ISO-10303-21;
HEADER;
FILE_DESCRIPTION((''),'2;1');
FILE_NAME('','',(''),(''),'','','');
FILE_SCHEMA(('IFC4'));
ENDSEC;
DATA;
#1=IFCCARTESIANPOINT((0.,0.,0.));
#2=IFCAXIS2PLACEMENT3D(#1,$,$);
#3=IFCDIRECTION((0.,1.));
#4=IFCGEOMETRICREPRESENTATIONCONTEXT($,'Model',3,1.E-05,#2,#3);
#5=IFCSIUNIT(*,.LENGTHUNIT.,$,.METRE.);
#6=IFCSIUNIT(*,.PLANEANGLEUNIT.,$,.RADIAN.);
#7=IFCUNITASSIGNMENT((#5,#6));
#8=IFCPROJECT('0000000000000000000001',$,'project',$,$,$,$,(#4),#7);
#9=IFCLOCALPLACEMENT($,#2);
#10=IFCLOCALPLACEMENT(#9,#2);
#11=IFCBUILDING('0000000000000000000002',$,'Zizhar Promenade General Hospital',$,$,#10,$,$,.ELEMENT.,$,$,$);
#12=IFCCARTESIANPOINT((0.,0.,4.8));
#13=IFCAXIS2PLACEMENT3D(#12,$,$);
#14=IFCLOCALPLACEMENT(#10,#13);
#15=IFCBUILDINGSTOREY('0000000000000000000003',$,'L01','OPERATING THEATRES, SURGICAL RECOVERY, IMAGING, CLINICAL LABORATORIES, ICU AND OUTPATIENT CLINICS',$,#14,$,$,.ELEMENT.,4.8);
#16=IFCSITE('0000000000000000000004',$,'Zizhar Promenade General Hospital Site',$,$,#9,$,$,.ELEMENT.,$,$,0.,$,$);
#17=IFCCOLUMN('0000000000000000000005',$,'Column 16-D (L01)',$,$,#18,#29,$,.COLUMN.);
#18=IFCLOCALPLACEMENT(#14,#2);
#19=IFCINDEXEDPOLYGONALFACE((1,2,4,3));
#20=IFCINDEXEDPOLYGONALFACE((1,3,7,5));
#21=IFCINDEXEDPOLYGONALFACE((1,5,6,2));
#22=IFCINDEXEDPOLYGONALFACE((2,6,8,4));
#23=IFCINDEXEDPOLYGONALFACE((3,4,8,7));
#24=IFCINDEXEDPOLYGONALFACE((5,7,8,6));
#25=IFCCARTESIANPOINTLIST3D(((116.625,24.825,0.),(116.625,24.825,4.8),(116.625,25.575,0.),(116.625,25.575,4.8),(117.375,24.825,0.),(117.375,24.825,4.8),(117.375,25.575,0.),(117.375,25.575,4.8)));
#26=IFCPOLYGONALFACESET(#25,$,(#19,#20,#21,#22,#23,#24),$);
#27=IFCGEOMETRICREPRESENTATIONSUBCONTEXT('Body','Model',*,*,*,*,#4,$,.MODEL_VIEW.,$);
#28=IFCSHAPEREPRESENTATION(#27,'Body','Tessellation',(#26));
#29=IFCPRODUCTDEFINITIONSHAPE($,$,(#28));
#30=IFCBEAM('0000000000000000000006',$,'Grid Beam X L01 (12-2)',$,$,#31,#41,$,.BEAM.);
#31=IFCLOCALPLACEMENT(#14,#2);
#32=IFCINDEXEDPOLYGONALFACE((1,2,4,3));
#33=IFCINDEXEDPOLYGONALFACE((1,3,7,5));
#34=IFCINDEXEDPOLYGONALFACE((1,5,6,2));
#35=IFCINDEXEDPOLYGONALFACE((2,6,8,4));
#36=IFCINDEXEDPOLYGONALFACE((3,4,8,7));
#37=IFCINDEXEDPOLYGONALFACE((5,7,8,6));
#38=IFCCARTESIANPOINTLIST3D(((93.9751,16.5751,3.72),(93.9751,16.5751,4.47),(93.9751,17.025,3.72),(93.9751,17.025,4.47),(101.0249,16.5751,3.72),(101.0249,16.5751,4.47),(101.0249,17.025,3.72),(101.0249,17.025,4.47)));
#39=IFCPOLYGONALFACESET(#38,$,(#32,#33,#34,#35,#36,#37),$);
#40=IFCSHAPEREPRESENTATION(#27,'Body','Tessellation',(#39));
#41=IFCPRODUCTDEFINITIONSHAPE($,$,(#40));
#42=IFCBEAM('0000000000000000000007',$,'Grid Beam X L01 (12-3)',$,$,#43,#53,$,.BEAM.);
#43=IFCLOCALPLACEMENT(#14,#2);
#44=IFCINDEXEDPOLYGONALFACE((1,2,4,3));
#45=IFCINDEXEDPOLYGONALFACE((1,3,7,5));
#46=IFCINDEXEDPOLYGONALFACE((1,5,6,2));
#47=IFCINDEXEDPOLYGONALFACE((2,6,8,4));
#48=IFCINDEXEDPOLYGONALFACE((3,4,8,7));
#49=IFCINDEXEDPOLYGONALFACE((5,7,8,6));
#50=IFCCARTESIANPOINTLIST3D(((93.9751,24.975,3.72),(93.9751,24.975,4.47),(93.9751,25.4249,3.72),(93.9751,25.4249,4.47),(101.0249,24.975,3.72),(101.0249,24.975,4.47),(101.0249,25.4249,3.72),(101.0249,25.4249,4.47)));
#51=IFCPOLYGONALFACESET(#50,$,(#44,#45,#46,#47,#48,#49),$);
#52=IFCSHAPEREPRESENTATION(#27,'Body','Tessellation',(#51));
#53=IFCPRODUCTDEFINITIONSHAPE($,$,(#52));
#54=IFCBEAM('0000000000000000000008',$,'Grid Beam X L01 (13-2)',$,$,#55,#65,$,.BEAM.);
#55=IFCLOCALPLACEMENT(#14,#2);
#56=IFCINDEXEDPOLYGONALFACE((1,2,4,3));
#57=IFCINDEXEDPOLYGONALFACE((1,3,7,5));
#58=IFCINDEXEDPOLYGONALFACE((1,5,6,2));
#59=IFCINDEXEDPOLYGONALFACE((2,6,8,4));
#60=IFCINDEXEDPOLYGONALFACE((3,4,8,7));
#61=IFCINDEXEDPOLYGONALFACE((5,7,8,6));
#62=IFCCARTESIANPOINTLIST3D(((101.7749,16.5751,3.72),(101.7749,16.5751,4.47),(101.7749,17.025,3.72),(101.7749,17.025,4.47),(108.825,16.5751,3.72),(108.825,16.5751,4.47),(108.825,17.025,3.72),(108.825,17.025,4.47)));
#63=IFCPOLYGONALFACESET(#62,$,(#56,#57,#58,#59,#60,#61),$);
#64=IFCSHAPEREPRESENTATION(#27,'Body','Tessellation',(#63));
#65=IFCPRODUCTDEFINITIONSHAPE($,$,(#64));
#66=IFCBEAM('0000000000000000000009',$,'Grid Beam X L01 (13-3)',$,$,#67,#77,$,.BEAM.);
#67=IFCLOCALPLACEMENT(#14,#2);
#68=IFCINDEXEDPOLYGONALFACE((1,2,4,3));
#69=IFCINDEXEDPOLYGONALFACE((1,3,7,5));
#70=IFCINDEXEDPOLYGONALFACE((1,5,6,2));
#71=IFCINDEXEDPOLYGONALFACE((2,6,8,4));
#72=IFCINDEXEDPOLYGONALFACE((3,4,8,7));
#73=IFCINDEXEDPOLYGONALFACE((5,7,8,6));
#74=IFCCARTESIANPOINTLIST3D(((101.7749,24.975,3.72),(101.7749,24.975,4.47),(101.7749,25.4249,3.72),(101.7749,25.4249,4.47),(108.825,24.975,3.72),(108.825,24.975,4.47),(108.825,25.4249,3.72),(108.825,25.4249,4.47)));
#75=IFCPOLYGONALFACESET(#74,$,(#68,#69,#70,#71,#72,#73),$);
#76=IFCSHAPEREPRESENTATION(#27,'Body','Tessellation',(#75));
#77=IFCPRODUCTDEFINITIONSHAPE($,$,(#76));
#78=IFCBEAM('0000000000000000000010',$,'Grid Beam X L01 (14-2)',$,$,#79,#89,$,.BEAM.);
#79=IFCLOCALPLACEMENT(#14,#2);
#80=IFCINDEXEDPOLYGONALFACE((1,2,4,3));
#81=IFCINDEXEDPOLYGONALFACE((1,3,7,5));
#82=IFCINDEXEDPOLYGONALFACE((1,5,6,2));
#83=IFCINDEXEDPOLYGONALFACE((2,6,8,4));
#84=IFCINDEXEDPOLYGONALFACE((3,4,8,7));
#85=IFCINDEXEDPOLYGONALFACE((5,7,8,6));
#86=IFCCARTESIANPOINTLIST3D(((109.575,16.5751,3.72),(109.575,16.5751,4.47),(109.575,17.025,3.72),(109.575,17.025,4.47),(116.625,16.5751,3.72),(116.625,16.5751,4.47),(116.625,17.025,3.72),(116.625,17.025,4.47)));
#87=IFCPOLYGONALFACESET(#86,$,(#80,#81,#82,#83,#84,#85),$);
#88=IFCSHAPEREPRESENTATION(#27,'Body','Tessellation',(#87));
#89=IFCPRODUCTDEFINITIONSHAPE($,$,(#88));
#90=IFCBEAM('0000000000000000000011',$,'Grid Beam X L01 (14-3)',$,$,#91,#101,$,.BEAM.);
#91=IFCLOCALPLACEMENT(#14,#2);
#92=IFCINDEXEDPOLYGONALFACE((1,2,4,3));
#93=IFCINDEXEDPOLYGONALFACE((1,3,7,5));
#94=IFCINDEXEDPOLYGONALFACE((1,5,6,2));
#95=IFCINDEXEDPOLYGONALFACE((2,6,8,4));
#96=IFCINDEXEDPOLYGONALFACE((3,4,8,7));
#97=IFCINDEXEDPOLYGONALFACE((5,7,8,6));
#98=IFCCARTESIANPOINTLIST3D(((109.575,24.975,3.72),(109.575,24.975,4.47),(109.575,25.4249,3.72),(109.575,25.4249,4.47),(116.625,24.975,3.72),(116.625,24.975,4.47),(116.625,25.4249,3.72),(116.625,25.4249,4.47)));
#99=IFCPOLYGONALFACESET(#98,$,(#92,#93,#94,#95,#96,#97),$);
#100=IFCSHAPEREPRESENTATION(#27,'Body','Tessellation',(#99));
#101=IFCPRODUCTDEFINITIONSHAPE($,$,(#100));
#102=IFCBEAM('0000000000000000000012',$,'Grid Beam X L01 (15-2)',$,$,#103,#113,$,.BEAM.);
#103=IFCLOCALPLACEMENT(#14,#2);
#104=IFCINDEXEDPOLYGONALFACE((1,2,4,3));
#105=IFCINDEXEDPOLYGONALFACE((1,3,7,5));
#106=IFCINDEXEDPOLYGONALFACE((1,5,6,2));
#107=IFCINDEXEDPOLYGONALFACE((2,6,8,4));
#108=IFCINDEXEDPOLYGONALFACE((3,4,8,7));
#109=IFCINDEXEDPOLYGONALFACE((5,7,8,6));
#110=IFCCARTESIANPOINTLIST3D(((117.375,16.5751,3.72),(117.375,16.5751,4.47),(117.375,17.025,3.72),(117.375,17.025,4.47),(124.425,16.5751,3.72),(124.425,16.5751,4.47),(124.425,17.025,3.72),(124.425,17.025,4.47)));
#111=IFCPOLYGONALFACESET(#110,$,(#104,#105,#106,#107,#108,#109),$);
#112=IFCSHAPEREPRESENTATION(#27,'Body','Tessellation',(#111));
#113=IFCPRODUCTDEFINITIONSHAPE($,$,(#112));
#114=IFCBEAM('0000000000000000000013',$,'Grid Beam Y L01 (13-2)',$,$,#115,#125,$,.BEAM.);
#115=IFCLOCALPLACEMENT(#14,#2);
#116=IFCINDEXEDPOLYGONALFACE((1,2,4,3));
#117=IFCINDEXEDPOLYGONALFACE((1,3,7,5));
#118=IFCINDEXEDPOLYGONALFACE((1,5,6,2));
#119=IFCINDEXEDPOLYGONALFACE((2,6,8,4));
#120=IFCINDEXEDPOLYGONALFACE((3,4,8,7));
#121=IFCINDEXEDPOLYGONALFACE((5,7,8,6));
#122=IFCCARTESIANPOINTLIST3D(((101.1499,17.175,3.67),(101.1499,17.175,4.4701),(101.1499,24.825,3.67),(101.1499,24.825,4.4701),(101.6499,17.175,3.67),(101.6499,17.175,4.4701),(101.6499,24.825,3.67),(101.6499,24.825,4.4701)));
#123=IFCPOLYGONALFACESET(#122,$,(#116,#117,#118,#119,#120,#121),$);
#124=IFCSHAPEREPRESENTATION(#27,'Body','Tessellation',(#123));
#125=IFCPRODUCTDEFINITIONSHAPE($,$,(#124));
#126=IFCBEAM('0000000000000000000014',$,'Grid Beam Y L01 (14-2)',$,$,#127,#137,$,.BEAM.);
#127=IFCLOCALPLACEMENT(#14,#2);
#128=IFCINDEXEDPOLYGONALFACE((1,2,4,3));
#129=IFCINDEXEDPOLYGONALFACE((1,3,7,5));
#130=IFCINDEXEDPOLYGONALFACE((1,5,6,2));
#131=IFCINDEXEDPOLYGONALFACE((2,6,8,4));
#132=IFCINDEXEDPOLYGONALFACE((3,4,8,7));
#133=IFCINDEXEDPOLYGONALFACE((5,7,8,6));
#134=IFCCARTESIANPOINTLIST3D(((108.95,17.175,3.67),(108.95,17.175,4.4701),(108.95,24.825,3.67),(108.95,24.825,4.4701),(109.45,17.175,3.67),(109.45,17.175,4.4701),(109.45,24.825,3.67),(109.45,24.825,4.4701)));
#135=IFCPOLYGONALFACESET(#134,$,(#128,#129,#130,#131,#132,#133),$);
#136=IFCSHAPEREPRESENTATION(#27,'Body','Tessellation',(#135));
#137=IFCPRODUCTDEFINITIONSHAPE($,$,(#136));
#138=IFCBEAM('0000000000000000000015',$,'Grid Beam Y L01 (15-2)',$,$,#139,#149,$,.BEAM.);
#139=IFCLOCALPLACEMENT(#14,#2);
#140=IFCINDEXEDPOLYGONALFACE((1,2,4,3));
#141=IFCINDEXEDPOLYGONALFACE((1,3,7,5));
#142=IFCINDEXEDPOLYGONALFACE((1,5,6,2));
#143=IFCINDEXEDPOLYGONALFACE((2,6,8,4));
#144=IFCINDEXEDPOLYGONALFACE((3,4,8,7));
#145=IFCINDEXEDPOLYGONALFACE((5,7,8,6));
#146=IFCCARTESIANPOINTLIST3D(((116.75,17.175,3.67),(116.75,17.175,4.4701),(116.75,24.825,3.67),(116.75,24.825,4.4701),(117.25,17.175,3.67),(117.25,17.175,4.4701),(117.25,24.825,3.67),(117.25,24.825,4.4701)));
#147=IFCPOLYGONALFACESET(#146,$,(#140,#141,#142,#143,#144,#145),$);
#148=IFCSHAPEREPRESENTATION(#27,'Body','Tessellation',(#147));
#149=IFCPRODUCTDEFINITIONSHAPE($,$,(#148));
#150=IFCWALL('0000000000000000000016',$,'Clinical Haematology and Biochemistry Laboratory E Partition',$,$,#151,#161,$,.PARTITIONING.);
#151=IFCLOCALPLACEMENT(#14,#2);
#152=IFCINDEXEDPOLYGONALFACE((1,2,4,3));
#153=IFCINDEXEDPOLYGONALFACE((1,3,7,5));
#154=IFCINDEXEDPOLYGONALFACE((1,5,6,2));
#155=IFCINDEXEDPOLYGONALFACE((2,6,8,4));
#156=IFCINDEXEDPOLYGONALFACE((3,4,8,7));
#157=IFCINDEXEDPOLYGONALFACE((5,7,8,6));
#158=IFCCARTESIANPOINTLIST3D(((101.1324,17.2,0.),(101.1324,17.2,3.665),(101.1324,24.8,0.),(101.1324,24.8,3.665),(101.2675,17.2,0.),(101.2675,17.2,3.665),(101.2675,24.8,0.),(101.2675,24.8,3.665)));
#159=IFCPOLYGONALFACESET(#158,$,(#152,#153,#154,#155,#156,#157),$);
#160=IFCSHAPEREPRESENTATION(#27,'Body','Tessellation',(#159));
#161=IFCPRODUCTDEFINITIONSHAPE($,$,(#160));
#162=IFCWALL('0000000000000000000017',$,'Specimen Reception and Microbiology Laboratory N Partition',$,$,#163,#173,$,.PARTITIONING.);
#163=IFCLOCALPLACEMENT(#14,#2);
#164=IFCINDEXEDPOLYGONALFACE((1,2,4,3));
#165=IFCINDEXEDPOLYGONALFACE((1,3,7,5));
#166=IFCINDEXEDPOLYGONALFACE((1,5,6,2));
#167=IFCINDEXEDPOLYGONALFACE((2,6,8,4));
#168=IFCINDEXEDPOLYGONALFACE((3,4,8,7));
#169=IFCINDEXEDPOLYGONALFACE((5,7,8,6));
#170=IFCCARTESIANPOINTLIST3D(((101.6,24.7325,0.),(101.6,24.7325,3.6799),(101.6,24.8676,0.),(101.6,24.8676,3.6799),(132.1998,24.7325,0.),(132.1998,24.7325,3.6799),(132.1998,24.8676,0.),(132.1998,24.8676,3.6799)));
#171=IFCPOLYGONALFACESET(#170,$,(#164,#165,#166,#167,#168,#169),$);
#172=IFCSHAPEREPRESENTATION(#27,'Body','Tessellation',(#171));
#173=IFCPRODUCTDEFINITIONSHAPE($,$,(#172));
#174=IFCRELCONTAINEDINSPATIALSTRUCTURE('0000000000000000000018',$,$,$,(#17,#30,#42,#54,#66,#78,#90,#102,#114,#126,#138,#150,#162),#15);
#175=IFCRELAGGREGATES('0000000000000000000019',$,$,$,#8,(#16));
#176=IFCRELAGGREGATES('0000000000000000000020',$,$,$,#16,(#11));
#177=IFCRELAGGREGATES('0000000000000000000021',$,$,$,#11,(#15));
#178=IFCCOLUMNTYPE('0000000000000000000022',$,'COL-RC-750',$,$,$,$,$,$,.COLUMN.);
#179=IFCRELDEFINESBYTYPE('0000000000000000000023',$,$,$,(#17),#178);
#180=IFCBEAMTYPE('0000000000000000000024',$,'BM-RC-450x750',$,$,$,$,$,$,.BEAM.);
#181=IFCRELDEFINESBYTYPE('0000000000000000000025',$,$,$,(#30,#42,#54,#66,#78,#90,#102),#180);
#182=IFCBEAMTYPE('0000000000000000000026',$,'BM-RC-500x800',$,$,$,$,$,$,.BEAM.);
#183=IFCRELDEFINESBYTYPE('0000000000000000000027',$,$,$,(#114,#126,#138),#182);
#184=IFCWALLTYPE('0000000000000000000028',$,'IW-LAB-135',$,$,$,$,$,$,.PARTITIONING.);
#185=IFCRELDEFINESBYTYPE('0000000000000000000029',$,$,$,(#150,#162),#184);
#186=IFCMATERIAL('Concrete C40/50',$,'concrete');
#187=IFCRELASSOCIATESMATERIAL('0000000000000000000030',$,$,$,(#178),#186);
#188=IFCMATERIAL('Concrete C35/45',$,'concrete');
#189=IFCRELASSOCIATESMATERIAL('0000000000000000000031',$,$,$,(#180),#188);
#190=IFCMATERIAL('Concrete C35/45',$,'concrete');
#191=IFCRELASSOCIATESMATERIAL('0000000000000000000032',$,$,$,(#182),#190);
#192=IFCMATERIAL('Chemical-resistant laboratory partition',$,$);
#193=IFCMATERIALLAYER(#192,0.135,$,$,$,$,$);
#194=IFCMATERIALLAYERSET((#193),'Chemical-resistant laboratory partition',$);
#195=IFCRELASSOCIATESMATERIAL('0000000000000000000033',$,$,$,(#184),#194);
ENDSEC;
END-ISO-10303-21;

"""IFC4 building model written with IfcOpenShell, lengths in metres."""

from ifc_helpers import new_model, si_unit, direction, frame, frame_2d, origin, origin_2d, place, context, subcontext, project, spatial, rectangle, extrude, material, layer, layer_set, material_profile, profile_set, type_object, element, save


model = new_model("IFC4")

# Units and contexts
model_context = context("Model", 3, precision=1e-05, world=origin(), true_north=direction((0.0, 1.0)))
body_context = subcontext(model_context, "Body", "Model", "MODEL_VIEW")
ifc_project = project(units=[si_unit("LENGTHUNIT", "METRE"), si_unit("PLANEANGLEUNIT", "RADIAN")], contexts=[model_context])

# Site, building, storey
site_placement = place(None, origin())
site = spatial("IfcSite", under=ifc_project, at=site_placement, Name="Zizhar Promenade General Hospital Site", CompositionType="ELEMENT", RefElevation=0.0)
building_placement = place(site_placement, origin())
building = spatial("IfcBuilding", under=site, at=building_placement, Name="Zizhar Promenade General Hospital", CompositionType="ELEMENT")
storey_placement = place(building_placement, frame((0.0, 0.0, 4.8)))
storey = spatial("IfcBuildingStorey", under=building, at=storey_placement, Name="L01", Description="OPERATING THEATRES, SURGICAL RECOVERY, IMAGING, CLINICAL LABORATORIES, ICU AND OUTPATIENT CLINICS", CompositionType="ELEMENT", Elevation=4.8)

# Column
ifc_material_1 = material(Name="Concrete C40/50", Category="concrete")
ifc_material_profile_1 = material_profile(ifc_material_1, rectangle(XDim=0.75, YDim=0.75, at=origin_2d()))
ifc_profile_set_1 = profile_set([ifc_material_profile_1], Name="Concrete C40/50")
column_type_1 = type_object("IfcColumnType", Name="COL-RC-750", PredefinedType="COLUMN", material=ifc_profile_set_1)
for number, where, z_axis, x_axis, name in (
    (1, (117.0, 25.2, 0.0), (0.0, 0.0, 1.0), (1.0, 0.0, 0.0), "Column 16-D (L01)"),
):
    element("IfcColumn", number, at=place(storey_placement, frame(where, z_axis=z_axis, x_axis=x_axis)), inside=storey, type_object=column_type_1, Name=name, PredefinedType="COLUMN", context=body_context, shape_type="SweptSolid", body=[
        extrude(rectangle(XDim=0.75, YDim=0.75, at=origin_2d()), origin(), (0.0, 0.0, 1.0), 4.8),
    ])

# Beams
ifc_material_2 = material(Name="Concrete C35/45", Category="concrete")
ifc_material_profile_2 = material_profile(ifc_material_2, rectangle(XDim=0.45, YDim=0.75, at=origin_2d()))
ifc_profile_set_2 = profile_set([ifc_material_profile_2], Name="Concrete C35/45")
beam_type_1 = type_object("IfcBeamType", Name="BM-RC-450x750", PredefinedType="BEAM", material=ifc_profile_set_2)
for number, where, z_axis, x_axis, name in (
    (2, (93.9751, 16.8, 4.095), (1.0, 0.0, 0.0), (0.0, 1.0, 0.0), "Grid Beam X L01 (12-2)"),
    (3, (93.9751, 25.2, 4.095), (1.0, 0.0, 0.0), (0.0, 1.0, 0.0), "Grid Beam X L01 (12-3)"),
):
    element("IfcBeam", number, at=place(storey_placement, frame(where, z_axis=z_axis, x_axis=x_axis)), inside=storey, type_object=beam_type_1, Name=name, PredefinedType="BEAM", context=body_context, shape_type="SweptSolid", body=[
        extrude(rectangle(XDim=0.45, YDim=0.75, at=origin_2d()), origin(), (0.0, 0.0, 1.0), 7.0498),
    ])
for number, where, z_axis, x_axis, name in (
    (4, (101.7749, 16.8, 4.095), (1.0, 0.0, 0.0), (0.0, 1.0, 0.0), "Grid Beam X L01 (13-2)"),
    (5, (101.7749, 25.2, 4.095), (1.0, 0.0, 0.0), (0.0, 1.0, 0.0), "Grid Beam X L01 (13-3)"),
    (6, (109.575, 16.8, 4.095), (1.0, 0.0, 0.0), (0.0, 1.0, 0.0), "Grid Beam X L01 (14-2)"),
    (7, (109.575, 25.2, 4.095), (1.0, 0.0, 0.0), (0.0, 1.0, 0.0), "Grid Beam X L01 (14-3)"),
    (8, (117.375, 16.8, 4.095), (1.0, 0.0, 0.0), (0.0, 1.0, 0.0), "Grid Beam X L01 (15-2)"),
):
    element("IfcBeam", number, at=place(storey_placement, frame(where, z_axis=z_axis, x_axis=x_axis)), inside=storey, type_object=beam_type_1, Name=name, PredefinedType="BEAM", context=body_context, shape_type="SweptSolid", body=[
        extrude(rectangle(XDim=0.45, YDim=0.75, at=origin_2d()), origin(), (0.0, 0.0, 1.0), 7.05),
    ])
ifc_material_3 = material(Name="Concrete C35/45", Category="concrete")
ifc_material_profile_3 = material_profile(ifc_material_3, rectangle(XDim=0.5, YDim=0.8, at=origin_2d()))
ifc_profile_set_3 = profile_set([ifc_material_profile_3], Name="Concrete C35/45")
beam_type_2 = type_object("IfcBeamType", Name="BM-RC-500x800", PredefinedType="BEAM", material=ifc_profile_set_3)
for number, where, z_axis, x_axis, name in (
    (9, (101.3999, 17.175, 4.0701), (0.0, 1.0, 0.0), (-1.0, 0.0, 0.0), "Grid Beam Y L01 (13-2)"),
    (10, (109.2, 17.175, 4.0701), (0.0, 1.0, 0.0), (-1.0, 0.0, 0.0), "Grid Beam Y L01 (14-2)"),
    (11, (117.0, 17.175, 4.0701), (0.0, 1.0, 0.0), (-1.0, 0.0, 0.0), "Grid Beam Y L01 (15-2)"),
):
    element("IfcBeam", number, at=place(storey_placement, frame(where, z_axis=z_axis, x_axis=x_axis)), inside=storey, type_object=beam_type_2, Name=name, PredefinedType="BEAM", context=body_context, shape_type="SweptSolid", body=[
        extrude(rectangle(XDim=0.5, YDim=0.8, at=origin_2d()), origin(), (0.0, 0.0, 1.0), 7.6499),
    ])

# Walls
ifc_material_4 = material(Name="Chemical-resistant laboratory partition")
ifc_layer = layer(ifc_material_4, 0.135)
ifc_layer_set = layer_set([ifc_layer], Name="Chemical-resistant laboratory partition")
wall_type = type_object("IfcWallType", Name="IW-LAB-135", PredefinedType="PARTITIONING", material=ifc_layer_set)
wall_1_placement = place(storey_placement, frame((101.2, 17.2, 0.0), z_axis=(0.0, 0.0, 1.0), x_axis=(0.0, 1.0, 0.0)))
element("IfcWall", 12, at=wall_1_placement, inside=storey, type_object=wall_type, Name="Clinical Haematology and Biochemistry Laboratory E Partition", PredefinedType="PARTITIONING", context=body_context, shape_type="SweptSolid", body=[
    extrude(rectangle(XDim=7.6001, YDim=0.135, at=frame_2d((3.8, 0.0))), origin(), (0.0, 0.0, 1.0), 3.665),
])
wall_2_placement = place(storey_placement, frame((101.6001, 24.8, 0.0), z_axis=(0.0, 0.0, 1.0), x_axis=(1.0, 0.0, 0.0)))
element("IfcWall", 13, at=wall_2_placement, inside=storey, type_object=wall_type, Name="Specimen Reception and Microbiology Laboratory N Partition", PredefinedType="PARTITIONING", context=body_context, shape_type="SweptSolid", body=[
    extrude(rectangle(XDim=30.5999, YDim=0.135, at=frame_2d((15.2998, 0.0))), origin(), (0.0, 0.0, 1.0), 3.6799),
])

save(model, "model.ifc")
